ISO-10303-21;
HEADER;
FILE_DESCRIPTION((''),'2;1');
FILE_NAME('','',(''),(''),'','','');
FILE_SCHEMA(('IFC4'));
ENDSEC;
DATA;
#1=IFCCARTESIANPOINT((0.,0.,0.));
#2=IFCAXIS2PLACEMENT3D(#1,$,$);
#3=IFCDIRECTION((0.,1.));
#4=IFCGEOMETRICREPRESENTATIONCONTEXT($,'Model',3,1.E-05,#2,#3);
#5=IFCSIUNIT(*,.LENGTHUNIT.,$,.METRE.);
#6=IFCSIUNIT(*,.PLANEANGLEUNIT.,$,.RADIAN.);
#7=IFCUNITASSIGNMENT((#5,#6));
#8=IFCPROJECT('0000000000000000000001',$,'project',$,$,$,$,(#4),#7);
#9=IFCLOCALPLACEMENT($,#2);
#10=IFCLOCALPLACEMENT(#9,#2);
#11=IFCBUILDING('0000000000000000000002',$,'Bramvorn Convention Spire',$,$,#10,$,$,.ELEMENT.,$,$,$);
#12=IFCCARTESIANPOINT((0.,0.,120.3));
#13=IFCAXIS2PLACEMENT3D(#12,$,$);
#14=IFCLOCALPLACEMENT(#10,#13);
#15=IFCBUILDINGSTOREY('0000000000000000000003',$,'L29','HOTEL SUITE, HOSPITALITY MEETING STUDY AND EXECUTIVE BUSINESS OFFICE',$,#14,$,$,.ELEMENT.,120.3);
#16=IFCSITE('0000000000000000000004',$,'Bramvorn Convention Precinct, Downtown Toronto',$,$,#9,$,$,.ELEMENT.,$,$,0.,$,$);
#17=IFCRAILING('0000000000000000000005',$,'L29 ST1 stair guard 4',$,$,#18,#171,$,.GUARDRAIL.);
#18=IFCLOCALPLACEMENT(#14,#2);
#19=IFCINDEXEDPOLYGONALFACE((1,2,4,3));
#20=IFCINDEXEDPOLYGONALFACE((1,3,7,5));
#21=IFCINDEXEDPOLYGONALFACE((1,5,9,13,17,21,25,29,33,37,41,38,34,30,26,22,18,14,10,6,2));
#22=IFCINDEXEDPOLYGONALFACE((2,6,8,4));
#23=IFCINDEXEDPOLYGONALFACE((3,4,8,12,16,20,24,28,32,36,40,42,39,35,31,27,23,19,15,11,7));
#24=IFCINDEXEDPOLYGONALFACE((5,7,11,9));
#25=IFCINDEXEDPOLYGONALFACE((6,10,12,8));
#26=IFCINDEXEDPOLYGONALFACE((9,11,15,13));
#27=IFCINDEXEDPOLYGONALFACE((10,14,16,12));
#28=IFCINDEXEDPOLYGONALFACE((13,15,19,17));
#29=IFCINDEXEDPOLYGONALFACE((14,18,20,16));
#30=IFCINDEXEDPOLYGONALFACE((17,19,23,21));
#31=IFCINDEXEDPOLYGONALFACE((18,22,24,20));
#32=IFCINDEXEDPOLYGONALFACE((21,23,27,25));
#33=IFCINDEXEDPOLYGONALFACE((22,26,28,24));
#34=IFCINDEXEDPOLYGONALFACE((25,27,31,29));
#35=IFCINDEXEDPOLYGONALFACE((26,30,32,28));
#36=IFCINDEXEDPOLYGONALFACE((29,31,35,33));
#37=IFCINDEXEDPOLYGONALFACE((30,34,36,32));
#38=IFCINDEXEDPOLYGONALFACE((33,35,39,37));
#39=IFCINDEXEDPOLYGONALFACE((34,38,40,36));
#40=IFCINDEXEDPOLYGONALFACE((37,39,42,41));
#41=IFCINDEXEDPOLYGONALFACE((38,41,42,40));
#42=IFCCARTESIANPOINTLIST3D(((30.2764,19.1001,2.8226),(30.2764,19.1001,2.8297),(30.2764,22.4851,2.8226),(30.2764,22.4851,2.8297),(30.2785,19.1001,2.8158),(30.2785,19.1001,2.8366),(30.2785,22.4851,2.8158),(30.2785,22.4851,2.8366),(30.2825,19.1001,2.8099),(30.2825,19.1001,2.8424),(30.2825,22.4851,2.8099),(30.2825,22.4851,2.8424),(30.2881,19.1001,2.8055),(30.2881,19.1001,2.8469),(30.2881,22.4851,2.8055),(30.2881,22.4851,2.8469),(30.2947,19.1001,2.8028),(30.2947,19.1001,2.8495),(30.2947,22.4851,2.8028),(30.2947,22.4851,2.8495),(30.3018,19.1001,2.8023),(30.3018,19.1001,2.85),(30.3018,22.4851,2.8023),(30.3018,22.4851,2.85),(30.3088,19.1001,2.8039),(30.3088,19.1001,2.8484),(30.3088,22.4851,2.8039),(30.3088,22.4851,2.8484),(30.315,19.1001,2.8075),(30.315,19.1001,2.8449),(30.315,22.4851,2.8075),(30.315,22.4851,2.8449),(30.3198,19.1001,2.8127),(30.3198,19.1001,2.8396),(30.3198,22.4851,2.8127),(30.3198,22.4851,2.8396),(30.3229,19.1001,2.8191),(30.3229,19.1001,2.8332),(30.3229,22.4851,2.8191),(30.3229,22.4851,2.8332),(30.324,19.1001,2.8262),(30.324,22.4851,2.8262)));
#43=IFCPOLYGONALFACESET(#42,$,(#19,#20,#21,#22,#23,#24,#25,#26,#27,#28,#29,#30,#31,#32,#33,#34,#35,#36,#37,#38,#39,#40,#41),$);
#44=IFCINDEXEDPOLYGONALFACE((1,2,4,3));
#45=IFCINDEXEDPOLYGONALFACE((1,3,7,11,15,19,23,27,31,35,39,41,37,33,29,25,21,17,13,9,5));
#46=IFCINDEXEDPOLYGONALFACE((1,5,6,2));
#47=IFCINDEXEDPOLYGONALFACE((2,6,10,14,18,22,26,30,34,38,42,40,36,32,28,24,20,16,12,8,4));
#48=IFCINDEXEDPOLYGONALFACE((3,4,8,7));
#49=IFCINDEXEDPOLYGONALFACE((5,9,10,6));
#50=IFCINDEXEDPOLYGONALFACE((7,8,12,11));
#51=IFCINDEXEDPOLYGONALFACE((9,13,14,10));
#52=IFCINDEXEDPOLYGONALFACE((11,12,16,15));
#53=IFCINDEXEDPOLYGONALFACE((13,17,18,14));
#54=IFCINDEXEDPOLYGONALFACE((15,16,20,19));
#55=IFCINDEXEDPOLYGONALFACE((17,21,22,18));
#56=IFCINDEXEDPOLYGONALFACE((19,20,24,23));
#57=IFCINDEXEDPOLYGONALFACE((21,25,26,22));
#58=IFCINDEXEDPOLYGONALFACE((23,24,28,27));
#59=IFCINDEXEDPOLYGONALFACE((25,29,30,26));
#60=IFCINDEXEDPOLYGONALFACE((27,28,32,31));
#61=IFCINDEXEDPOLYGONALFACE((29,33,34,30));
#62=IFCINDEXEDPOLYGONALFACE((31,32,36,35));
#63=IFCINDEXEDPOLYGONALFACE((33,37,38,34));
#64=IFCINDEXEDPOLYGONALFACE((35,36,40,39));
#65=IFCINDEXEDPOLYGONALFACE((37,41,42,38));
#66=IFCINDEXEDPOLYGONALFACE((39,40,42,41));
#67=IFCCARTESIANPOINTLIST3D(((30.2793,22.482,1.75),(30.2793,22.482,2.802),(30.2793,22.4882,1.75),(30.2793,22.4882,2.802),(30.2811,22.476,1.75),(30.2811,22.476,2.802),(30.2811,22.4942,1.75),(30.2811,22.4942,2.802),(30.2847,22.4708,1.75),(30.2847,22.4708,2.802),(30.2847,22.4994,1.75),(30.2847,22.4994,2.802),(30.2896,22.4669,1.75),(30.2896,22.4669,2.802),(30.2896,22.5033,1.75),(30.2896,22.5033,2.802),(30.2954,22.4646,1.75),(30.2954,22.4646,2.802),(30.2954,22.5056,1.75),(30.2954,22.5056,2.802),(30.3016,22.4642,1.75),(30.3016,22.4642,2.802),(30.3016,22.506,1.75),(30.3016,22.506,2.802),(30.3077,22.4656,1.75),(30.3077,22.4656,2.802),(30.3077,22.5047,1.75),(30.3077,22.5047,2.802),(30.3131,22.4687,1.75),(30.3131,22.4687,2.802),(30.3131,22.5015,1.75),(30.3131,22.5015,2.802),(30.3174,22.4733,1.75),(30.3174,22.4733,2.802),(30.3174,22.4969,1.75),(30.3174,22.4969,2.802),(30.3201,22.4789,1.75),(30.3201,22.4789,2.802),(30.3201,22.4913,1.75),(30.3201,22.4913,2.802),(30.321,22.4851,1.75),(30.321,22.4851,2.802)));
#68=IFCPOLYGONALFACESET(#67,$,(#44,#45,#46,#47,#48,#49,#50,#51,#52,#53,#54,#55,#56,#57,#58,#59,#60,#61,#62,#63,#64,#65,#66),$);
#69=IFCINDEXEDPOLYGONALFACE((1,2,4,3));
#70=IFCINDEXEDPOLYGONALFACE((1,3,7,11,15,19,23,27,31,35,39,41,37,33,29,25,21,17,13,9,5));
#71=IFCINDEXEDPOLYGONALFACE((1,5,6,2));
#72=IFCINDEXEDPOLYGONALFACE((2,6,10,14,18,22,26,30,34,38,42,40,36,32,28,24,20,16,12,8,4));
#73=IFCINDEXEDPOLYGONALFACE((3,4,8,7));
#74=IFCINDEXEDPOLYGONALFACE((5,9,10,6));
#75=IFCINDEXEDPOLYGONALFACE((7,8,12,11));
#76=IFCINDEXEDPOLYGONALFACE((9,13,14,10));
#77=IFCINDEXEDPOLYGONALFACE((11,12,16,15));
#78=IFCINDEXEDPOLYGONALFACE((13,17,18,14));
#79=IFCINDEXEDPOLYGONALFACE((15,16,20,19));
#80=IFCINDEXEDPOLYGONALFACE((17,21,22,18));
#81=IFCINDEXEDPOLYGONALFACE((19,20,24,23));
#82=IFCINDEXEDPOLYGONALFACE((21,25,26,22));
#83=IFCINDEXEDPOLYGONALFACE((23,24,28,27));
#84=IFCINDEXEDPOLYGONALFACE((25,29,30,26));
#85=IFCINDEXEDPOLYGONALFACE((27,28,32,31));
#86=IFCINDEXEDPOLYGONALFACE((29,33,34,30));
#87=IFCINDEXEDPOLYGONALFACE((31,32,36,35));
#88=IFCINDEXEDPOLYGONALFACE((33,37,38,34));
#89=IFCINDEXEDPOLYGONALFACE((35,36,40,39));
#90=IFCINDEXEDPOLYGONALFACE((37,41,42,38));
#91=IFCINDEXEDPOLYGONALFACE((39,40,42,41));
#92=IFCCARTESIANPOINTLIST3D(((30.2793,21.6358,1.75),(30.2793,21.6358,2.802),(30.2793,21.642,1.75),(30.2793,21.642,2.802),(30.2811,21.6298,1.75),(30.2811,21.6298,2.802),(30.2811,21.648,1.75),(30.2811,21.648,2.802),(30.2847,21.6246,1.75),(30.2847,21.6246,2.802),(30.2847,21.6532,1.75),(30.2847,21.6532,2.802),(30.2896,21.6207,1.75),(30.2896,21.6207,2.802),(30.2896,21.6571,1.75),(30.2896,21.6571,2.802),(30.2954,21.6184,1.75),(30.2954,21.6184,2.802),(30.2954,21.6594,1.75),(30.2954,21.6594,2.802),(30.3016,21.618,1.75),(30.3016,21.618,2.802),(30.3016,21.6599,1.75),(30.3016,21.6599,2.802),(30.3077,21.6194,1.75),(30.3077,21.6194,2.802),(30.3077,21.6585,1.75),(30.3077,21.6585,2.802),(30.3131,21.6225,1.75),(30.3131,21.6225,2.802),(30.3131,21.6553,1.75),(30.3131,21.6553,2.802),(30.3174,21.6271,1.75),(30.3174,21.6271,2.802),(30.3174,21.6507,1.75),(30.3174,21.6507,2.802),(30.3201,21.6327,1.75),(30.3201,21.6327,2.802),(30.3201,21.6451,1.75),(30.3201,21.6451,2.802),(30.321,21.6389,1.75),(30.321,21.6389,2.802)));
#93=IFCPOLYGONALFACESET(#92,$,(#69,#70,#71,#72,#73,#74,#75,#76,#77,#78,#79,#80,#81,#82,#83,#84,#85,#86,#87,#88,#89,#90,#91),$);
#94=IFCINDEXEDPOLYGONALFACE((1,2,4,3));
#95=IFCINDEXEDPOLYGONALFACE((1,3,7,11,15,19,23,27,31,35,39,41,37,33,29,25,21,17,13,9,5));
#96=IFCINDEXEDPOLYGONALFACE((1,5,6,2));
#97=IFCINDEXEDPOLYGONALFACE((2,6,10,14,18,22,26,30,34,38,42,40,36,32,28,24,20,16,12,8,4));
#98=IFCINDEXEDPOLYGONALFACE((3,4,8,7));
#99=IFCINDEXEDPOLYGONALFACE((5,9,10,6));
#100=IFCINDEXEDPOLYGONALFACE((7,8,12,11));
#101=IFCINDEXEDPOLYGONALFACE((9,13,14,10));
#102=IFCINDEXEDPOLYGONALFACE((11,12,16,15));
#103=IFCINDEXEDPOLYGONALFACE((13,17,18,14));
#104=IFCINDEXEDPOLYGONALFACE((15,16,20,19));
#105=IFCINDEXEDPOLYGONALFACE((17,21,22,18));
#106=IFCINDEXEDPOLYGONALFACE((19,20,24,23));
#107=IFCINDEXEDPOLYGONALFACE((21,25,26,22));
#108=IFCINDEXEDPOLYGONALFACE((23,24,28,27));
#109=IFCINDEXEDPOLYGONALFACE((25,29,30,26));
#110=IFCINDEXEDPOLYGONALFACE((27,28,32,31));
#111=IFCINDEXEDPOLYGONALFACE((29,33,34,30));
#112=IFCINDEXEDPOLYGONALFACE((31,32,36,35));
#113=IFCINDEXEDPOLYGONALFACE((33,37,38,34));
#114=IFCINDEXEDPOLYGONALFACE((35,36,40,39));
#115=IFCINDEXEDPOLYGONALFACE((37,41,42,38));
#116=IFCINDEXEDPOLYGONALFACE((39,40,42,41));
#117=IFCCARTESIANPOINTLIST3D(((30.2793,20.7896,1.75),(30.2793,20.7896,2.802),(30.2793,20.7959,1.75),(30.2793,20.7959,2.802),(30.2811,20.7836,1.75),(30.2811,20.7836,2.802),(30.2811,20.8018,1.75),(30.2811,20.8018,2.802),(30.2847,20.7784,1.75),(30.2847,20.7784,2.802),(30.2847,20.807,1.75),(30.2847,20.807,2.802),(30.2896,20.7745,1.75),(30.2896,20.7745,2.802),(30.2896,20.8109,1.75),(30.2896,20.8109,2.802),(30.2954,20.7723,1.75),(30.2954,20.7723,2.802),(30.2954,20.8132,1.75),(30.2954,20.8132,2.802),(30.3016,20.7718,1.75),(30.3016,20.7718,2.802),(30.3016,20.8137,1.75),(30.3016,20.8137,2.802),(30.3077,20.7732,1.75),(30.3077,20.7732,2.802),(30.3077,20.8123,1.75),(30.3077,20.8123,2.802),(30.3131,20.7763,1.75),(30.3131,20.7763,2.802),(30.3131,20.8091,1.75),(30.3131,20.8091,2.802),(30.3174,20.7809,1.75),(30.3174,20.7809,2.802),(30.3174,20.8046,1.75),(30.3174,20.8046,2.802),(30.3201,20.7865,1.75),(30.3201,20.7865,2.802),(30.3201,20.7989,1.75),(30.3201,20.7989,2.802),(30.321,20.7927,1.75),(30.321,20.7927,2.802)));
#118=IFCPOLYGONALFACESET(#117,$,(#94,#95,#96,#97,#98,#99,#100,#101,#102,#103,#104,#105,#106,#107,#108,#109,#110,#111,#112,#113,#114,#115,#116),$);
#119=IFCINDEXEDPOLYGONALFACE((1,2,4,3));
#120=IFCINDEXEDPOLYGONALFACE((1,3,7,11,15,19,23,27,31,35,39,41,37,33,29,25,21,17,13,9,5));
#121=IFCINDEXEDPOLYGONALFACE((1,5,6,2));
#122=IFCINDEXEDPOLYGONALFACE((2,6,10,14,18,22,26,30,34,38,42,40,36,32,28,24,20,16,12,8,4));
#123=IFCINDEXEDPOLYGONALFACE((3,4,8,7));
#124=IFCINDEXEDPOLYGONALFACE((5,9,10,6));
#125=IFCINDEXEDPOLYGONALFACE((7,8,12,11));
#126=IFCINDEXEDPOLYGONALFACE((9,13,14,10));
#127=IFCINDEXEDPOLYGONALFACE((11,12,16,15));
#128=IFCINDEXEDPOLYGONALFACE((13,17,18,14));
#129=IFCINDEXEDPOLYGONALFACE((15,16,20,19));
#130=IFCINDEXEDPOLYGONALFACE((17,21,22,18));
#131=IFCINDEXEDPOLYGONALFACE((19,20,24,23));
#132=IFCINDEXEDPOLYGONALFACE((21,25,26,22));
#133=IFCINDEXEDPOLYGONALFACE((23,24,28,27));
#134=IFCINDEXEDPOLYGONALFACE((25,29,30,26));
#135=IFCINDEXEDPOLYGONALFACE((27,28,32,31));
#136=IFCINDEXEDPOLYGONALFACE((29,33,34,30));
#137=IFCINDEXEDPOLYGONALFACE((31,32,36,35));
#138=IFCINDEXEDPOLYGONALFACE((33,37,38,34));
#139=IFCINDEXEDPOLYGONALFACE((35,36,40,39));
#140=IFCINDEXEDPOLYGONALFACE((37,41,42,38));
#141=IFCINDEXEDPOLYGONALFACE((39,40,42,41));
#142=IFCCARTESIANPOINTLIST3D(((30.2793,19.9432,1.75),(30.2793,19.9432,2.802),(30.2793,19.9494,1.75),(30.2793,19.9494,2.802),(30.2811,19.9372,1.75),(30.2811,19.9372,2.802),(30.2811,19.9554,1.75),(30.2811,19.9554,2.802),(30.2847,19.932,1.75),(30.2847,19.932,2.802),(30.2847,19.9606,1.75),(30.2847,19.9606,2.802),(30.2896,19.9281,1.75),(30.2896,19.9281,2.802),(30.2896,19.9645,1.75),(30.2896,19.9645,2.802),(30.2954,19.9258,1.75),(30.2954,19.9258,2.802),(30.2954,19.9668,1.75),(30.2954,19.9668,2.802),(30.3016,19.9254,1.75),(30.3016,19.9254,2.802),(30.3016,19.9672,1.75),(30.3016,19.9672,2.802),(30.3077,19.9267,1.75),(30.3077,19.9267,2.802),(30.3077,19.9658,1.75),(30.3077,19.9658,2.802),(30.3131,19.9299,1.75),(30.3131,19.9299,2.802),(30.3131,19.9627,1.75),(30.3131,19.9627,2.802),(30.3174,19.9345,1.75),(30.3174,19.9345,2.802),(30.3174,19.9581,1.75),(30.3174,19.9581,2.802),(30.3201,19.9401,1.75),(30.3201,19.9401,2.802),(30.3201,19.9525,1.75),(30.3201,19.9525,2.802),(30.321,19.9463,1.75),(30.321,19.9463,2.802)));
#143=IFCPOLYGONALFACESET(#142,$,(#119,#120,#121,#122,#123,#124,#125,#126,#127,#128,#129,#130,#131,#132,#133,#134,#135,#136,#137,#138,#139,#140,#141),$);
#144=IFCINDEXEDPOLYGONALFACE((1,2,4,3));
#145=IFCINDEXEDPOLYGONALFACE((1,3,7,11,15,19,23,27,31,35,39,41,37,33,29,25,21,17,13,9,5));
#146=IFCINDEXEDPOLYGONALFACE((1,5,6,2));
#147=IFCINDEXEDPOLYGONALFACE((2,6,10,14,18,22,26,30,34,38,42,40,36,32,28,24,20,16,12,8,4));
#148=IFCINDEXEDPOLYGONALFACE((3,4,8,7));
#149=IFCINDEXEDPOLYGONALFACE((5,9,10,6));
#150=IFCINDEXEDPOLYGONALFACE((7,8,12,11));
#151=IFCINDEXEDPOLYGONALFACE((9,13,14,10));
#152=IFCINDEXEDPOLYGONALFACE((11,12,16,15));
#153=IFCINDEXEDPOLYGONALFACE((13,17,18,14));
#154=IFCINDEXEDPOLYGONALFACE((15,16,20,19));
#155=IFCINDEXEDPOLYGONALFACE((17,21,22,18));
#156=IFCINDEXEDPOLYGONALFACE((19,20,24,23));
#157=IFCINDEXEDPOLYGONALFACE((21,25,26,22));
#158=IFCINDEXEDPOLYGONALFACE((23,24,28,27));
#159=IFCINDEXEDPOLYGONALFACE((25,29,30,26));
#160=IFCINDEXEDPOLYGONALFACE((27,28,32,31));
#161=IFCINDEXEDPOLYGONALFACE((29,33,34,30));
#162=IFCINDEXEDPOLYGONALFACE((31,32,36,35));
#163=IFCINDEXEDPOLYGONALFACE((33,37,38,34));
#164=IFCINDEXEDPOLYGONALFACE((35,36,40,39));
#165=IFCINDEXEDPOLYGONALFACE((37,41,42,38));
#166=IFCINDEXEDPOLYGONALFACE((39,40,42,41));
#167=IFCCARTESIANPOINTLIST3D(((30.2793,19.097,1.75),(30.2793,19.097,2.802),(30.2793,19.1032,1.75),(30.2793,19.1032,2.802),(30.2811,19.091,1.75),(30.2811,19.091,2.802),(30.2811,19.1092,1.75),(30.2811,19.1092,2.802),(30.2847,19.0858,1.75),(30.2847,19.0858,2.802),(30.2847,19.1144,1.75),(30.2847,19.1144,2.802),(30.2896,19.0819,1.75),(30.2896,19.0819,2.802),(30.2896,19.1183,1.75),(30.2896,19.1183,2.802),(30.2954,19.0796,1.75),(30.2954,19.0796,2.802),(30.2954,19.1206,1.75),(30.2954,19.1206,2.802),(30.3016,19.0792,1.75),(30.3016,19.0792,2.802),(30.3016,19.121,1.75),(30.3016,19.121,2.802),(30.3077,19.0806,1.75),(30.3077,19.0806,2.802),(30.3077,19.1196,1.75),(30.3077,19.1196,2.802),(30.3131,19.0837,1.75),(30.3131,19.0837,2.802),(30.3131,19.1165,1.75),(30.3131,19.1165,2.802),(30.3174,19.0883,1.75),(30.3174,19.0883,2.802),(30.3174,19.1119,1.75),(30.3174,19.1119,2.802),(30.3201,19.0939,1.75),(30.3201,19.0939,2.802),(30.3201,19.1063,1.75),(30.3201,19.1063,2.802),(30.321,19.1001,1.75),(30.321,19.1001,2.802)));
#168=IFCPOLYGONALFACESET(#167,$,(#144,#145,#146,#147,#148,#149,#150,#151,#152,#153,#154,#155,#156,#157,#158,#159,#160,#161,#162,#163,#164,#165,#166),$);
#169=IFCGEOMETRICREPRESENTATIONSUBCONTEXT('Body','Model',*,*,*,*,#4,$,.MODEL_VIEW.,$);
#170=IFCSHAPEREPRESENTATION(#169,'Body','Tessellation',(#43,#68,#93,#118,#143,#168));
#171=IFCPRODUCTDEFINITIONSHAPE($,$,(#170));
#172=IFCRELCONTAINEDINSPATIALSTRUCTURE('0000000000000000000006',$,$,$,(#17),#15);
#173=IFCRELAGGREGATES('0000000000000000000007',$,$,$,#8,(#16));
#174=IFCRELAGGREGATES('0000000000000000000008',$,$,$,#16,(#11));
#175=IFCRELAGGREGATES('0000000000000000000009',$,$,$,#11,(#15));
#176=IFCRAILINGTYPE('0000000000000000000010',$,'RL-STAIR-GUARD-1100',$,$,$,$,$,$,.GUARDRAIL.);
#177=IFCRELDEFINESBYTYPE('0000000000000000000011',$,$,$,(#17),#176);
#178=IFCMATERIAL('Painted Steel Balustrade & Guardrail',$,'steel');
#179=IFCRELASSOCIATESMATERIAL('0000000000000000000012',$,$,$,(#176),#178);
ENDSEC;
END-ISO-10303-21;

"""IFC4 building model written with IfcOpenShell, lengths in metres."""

from ifc_helpers import new_model, si_unit, direction, frame, origin, origin_2d, place, context, subcontext, project, spatial, circle, extrude, material, type_object, element, save


model = new_model("IFC4")

# Units and contexts
model_context = context("Model", 3, precision=1e-05, world=origin(), true_north=direction((0.0, 1.0)))
body_context = subcontext(model_context, "Body", "Model", "MODEL_VIEW")
ifc_project = project(units=[si_unit("LENGTHUNIT", "METRE"), si_unit("PLANEANGLEUNIT", "RADIAN")], contexts=[model_context])

# Site, building, storey
site_placement = place(None, origin())
site = spatial("IfcSite", under=ifc_project, at=site_placement, Name="Bramvorn Convention Precinct, Downtown Toronto", CompositionType="ELEMENT", RefElevation=0.0)
building_placement = place(site_placement, origin())
building = spatial("IfcBuilding", under=site, at=building_placement, Name="Bramvorn Convention Spire", CompositionType="ELEMENT")
storey_placement = place(building_placement, frame((0.0, 0.0, 120.3)))
storey = spatial("IfcBuildingStorey", under=building, at=storey_placement, Name="L29", Description="HOTEL SUITE, HOSPITALITY MEETING STUDY AND EXECUTIVE BUSINESS OFFICE", CompositionType="ELEMENT", Elevation=120.3)

# Railing
ifc_material_1 = material(Name="Painted Steel Balustrade & Guardrail", Category="steel")
railing_type_1 = type_object("IfcRailingType", Name="RL-STAIR-GUARD-1100", PredefinedType="GUARDRAIL", material=ifc_material_1)
for number, where, name in (
    (1, (30.3, 22.4851, 1.75), "L29 ST1 stair guard 4"),
):
    element("IfcRailing", number, at=place(storey_placement, frame(where)), inside=storey, type_object=railing_type_1, Name=name, PredefinedType="GUARDRAIL", context=body_context, shape_type="SweptSolid", body=[
        extrude(circle(Radius=0.0239, at=origin_2d()), frame((0.0, 0.0, 1.0762), z_axis=(0.0, -1.0, 0.0), x_axis=(1.0, 0.0, 0.0)), (0.0, 0.0, 1.0), 3.385),
        extrude(circle(Radius=0.021, at=origin_2d()), origin(), (0.0, 0.0, 1.0), 1.052),
        extrude(circle(Radius=0.021, at=origin_2d()), frame((0.0, -0.8462, 0.0)), (0.0, 0.0, 1.0), 1.052),
        extrude(circle(Radius=0.021, at=origin_2d()), frame((0.0, -1.6924, 0.0)), (0.0, 0.0, 1.0), 1.052),
        extrude(circle(Radius=0.021, at=origin_2d()), frame((0.0, -2.5388, 0.0)), (0.0, 0.0, 1.0), 1.052),
        extrude(circle(Radius=0.021, at=origin_2d()), frame((0.0, -3.385, 0.0)), (0.0, 0.0, 1.0), 1.052),
    ])

save(model, "model.ifc")
